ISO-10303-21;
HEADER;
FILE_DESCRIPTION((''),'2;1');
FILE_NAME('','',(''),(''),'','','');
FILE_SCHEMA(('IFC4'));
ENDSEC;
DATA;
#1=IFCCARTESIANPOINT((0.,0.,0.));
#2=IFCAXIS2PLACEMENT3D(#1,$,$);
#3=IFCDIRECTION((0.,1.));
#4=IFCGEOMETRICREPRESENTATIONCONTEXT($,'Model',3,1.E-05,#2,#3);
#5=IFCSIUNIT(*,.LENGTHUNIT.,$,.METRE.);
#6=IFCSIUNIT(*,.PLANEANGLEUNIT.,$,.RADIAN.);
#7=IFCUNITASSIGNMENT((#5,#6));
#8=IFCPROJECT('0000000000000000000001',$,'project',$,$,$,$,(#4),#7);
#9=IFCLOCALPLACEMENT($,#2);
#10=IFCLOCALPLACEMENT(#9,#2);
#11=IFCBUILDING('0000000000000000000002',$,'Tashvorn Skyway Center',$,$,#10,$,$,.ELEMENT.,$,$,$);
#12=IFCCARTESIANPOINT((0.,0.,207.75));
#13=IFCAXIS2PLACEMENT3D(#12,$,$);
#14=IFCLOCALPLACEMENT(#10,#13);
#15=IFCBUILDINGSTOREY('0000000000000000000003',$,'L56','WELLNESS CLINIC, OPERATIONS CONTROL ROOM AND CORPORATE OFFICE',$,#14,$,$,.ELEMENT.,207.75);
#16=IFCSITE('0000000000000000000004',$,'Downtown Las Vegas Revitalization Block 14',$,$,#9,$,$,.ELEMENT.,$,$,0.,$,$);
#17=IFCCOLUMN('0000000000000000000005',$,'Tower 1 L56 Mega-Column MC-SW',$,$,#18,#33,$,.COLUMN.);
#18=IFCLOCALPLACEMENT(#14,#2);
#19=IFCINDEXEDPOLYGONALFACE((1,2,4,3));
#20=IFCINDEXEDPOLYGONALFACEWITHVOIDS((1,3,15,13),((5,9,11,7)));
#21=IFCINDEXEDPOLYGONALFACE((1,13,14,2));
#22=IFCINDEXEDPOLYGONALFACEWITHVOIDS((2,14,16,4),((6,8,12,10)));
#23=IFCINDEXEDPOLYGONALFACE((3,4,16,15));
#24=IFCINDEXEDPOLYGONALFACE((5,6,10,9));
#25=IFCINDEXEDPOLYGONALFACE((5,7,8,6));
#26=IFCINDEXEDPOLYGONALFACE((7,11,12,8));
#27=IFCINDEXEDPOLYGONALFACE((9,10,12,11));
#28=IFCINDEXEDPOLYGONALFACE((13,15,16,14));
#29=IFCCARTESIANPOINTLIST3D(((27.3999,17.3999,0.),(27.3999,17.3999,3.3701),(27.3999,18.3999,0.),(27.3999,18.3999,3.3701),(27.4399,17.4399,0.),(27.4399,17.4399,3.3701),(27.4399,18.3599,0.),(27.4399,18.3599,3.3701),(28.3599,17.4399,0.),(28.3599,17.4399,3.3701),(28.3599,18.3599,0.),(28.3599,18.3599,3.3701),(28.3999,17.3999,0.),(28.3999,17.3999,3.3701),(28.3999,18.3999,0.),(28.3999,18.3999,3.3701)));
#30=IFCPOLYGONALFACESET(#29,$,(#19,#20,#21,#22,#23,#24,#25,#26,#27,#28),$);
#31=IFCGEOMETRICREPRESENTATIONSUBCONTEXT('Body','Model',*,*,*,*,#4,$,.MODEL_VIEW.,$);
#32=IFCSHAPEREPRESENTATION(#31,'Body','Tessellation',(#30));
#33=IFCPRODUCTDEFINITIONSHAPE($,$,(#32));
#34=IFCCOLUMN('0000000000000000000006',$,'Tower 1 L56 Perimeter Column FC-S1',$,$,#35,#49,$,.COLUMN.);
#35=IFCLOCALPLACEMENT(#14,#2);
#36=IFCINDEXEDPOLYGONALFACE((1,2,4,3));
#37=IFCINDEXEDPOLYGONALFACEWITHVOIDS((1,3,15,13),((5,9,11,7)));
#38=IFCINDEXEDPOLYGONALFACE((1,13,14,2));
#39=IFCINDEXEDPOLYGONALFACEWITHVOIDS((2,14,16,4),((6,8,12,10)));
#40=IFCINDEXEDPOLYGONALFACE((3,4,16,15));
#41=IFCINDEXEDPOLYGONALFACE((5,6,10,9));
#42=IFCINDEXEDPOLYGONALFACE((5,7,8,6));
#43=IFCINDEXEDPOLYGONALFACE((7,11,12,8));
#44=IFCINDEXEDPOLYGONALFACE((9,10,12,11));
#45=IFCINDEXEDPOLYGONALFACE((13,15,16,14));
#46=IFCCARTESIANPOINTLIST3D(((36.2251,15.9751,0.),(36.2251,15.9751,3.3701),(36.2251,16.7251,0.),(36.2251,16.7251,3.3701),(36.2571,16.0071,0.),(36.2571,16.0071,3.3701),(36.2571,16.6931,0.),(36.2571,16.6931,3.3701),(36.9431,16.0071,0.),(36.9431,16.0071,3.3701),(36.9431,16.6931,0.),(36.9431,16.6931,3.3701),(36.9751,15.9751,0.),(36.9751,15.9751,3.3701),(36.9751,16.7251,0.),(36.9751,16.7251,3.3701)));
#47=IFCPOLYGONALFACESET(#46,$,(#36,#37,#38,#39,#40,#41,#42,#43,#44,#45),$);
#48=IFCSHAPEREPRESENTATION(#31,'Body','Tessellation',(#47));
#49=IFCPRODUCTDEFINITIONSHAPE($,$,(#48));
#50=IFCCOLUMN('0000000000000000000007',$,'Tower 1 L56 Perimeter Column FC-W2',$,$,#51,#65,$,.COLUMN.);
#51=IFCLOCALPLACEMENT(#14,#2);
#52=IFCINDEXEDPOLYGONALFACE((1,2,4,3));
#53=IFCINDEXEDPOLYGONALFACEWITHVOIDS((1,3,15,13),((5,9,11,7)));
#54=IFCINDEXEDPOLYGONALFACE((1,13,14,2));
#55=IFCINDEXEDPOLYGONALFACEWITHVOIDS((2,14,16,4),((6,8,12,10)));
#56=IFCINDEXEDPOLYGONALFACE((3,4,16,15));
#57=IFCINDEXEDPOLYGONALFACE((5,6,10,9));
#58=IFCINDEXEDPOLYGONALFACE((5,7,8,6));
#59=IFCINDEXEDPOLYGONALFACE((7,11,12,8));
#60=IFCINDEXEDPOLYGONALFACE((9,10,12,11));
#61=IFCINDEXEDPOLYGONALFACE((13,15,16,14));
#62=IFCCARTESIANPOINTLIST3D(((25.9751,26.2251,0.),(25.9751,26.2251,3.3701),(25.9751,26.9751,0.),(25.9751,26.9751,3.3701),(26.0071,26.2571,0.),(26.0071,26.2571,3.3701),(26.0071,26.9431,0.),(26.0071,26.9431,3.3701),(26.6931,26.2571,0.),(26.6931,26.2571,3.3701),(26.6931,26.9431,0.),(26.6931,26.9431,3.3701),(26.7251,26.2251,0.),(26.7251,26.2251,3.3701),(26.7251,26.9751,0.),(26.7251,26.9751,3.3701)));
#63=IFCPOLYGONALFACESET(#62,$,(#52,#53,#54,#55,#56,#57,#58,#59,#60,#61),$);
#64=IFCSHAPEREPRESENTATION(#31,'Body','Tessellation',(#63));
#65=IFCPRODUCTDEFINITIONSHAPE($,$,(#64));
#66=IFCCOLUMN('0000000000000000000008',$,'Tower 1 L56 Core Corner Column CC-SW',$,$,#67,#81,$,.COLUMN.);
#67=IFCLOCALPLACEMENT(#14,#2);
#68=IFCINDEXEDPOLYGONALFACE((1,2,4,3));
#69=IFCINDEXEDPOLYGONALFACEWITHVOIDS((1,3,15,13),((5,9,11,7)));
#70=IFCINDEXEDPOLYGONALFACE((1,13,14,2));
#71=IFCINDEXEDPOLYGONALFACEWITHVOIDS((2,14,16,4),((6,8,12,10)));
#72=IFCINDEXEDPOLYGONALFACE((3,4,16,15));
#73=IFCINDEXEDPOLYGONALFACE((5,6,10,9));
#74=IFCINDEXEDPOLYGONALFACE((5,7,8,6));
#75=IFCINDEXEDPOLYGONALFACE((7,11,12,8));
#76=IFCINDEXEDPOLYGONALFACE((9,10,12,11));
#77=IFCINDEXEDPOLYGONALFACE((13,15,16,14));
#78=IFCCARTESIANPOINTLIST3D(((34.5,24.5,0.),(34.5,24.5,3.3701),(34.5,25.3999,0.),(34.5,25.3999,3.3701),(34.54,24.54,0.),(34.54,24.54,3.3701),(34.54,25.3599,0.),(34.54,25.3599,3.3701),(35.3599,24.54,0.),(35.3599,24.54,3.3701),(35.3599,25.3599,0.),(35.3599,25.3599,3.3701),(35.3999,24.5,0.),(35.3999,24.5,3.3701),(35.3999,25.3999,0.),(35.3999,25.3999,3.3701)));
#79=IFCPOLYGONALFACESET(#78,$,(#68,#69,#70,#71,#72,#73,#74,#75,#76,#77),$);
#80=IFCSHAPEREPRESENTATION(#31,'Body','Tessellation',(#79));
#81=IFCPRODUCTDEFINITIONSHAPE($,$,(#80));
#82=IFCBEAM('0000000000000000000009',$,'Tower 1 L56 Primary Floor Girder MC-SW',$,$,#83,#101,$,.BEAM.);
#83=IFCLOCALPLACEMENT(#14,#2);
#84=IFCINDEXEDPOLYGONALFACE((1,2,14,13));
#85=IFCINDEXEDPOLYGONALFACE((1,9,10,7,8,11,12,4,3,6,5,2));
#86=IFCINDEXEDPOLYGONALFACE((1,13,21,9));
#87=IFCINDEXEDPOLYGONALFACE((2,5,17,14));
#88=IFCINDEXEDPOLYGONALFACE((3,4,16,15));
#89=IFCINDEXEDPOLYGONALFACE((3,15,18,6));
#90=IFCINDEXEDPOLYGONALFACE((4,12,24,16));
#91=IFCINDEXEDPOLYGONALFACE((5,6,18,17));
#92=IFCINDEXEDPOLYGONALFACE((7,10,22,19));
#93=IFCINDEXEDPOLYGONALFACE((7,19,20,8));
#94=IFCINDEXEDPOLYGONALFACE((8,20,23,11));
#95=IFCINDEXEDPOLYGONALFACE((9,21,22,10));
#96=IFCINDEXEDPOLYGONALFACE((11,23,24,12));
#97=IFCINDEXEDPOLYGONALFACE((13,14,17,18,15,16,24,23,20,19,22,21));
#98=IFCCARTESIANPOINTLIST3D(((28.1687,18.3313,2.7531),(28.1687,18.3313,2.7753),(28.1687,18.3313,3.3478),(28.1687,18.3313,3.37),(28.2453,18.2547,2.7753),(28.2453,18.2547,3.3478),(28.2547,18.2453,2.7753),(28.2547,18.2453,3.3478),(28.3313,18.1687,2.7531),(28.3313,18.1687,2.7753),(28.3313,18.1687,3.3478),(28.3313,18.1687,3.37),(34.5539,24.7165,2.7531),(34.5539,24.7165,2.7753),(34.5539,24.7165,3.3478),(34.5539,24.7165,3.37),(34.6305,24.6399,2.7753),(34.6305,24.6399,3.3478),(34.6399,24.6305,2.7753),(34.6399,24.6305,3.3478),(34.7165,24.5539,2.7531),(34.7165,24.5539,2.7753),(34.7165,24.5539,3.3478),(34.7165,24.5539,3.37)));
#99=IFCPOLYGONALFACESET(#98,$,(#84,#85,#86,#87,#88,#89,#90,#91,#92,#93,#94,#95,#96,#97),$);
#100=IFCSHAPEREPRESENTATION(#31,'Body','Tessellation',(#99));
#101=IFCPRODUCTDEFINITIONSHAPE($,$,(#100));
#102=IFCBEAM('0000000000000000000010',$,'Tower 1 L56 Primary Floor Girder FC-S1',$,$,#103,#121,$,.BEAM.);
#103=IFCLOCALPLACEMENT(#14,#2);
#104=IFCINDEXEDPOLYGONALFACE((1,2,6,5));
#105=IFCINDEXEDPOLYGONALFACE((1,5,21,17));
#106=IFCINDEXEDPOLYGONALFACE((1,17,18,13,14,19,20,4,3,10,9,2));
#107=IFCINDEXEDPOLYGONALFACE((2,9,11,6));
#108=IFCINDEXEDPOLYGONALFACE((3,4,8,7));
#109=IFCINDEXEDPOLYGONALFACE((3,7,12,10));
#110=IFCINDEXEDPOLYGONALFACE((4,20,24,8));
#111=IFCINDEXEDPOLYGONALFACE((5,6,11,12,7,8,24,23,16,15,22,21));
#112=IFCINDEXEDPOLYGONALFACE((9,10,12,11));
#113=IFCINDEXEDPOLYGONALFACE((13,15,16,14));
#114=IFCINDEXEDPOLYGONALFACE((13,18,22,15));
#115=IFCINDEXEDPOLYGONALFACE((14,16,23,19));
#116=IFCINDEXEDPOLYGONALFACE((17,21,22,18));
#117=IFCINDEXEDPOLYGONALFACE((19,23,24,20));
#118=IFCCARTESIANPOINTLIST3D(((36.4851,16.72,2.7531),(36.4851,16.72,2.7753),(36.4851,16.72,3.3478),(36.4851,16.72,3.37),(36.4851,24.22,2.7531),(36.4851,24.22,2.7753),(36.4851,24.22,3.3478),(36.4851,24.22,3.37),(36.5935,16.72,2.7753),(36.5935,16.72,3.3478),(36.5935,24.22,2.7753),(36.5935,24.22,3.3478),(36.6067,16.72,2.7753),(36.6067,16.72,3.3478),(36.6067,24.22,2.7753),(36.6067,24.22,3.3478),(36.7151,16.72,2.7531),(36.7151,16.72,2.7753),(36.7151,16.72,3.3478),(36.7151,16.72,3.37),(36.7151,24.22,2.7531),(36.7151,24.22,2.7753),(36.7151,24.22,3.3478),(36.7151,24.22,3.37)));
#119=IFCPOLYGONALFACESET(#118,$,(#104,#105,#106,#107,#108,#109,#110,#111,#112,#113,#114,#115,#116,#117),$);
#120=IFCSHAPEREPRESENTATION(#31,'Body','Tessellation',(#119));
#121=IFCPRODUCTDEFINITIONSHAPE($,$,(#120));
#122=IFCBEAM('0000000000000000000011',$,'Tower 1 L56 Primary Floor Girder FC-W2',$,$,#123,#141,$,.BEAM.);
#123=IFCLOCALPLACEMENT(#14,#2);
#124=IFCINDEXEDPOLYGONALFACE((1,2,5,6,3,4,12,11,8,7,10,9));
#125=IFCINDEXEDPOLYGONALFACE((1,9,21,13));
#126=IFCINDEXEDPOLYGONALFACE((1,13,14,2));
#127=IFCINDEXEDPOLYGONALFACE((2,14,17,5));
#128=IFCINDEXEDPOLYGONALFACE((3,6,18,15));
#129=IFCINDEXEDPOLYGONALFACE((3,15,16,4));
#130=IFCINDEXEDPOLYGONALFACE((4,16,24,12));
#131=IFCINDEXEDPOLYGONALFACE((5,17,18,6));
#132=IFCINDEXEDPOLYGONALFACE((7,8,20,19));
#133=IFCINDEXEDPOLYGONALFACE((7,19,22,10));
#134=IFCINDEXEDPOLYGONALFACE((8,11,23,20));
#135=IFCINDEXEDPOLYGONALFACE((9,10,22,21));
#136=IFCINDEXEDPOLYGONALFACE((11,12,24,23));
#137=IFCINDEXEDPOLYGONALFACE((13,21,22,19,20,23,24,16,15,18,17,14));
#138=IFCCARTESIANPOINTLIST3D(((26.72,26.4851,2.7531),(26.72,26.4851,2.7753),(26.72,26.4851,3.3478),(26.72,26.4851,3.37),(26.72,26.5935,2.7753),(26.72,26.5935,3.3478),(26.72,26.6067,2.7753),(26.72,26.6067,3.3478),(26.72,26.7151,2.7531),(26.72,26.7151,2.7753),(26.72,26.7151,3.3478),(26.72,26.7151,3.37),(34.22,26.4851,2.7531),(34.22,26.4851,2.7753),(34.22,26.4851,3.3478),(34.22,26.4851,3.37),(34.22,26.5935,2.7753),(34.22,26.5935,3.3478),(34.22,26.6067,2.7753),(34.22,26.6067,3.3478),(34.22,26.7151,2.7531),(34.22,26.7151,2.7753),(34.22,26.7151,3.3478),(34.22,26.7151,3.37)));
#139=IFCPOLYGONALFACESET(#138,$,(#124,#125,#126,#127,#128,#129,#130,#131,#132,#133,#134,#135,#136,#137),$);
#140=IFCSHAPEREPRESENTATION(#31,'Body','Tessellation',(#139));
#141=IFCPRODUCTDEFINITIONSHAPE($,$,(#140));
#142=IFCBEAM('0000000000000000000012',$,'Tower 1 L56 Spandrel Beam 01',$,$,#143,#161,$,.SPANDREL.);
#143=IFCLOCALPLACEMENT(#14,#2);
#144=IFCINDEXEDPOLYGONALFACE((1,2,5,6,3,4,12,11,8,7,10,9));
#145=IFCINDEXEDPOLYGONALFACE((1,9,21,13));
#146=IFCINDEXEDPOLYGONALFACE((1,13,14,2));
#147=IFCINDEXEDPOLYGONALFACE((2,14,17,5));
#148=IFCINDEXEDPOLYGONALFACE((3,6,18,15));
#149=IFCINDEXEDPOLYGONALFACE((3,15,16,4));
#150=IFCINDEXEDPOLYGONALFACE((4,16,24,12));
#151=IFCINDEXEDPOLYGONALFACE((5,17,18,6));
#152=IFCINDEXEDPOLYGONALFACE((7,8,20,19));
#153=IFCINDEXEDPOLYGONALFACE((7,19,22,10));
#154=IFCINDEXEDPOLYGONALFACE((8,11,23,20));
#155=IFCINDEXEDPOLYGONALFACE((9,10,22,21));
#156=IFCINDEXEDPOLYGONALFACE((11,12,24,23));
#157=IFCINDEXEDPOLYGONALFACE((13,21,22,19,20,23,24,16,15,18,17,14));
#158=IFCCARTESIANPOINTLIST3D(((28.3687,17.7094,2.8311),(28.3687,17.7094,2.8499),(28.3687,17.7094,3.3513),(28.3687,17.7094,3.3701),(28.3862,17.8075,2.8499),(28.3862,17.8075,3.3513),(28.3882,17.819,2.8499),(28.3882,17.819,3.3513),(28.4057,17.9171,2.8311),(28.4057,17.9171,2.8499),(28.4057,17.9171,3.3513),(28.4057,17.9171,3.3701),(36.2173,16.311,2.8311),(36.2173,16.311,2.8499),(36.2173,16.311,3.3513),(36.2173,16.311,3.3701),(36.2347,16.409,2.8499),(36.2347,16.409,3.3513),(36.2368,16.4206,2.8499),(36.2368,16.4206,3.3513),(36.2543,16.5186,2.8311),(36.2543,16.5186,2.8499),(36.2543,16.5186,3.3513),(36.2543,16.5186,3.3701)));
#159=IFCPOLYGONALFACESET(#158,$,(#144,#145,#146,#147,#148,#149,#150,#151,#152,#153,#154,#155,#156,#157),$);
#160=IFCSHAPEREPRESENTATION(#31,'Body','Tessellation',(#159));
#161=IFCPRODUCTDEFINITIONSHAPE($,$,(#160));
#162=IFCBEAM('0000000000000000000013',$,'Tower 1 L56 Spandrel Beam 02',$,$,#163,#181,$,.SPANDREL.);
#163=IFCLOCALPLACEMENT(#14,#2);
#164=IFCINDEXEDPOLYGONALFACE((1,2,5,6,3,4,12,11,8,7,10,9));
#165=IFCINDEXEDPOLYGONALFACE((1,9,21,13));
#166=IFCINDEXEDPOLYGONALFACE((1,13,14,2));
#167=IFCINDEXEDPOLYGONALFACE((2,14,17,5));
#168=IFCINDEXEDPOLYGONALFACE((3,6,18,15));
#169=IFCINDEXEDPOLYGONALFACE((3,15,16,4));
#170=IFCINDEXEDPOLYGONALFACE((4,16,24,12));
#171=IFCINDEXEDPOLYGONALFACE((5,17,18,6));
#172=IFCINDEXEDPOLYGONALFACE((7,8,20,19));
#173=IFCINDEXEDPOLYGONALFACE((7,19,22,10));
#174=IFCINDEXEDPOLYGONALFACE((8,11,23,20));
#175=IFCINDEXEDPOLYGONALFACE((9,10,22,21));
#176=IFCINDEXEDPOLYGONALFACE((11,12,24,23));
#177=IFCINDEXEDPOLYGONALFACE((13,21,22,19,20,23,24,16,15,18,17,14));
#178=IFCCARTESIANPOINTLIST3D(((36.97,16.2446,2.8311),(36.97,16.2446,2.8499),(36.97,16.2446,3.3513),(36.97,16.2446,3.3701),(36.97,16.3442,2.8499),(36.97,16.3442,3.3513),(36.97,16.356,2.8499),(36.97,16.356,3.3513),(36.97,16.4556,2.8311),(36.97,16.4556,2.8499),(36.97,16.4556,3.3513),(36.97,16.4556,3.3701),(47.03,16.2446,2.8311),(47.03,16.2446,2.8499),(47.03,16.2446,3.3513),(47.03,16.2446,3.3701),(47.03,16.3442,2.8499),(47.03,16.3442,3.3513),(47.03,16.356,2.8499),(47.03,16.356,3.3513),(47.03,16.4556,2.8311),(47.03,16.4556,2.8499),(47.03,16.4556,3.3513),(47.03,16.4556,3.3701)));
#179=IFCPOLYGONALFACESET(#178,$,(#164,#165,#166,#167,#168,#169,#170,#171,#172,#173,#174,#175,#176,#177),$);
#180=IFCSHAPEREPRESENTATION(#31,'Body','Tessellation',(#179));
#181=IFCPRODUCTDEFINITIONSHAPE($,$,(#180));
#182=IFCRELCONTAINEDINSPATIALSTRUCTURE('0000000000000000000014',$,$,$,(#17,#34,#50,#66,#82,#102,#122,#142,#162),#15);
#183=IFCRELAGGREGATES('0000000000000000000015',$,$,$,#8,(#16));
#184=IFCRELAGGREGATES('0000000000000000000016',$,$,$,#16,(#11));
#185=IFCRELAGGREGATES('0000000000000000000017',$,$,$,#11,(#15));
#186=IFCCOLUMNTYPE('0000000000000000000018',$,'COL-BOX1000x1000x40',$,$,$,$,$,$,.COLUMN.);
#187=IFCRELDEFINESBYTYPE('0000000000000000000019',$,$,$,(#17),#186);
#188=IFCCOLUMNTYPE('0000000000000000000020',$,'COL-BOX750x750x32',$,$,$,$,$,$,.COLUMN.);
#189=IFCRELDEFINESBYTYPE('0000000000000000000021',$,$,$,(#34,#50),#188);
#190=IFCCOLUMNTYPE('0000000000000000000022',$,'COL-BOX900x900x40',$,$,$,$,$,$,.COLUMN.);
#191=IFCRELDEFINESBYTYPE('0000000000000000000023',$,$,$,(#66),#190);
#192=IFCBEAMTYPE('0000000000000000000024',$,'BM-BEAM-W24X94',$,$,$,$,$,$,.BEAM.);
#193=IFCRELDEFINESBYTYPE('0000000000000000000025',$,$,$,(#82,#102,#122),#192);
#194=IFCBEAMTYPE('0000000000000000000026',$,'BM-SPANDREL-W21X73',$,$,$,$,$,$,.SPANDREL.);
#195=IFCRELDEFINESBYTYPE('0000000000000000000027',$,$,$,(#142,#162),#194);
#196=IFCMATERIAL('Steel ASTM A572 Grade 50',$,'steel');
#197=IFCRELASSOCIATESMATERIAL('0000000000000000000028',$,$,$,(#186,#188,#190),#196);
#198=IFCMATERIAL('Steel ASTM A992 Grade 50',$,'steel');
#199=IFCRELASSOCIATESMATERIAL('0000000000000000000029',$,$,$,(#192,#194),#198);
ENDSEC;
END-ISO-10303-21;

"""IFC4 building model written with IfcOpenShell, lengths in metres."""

from ifc_helpers import new_model, si_unit, direction, frame, origin, origin_2d, place, context, subcontext, project, spatial, hollow_rectangle, i_section, extrude, material, material_profile, profile_set, type_object, element, save


model = new_model("IFC4")

# Units and contexts
model_context = context("Model", 3, precision=1e-05, world=origin(), true_north=direction((0.0, 1.0)))
body_context = subcontext(model_context, "Body", "Model", "MODEL_VIEW")
ifc_project = project(units=[si_unit("LENGTHUNIT", "METRE"), si_unit("PLANEANGLEUNIT", "RADIAN")], contexts=[model_context])

# Site, building, storey
site_placement = place(None, origin())
site = spatial("IfcSite", under=ifc_project, at=site_placement, Name="Downtown Las Vegas Revitalization Block 14", CompositionType="ELEMENT", RefElevation=0.0)
building_placement = place(site_placement, origin())
building = spatial("IfcBuilding", under=site, at=building_placement, Name="Tashvorn Skyway Center", CompositionType="ELEMENT")
storey_placement = place(building_placement, frame((0.0, 0.0, 207.75)))
storey = spatial("IfcBuildingStorey", under=building, at=storey_placement, Name="L56", Description="WELLNESS CLINIC, OPERATIONS CONTROL ROOM AND CORPORATE OFFICE", CompositionType="ELEMENT", Elevation=207.75)

# Columns
ifc_material_1 = material(Name="Steel ASTM A572 Grade 50", Category="steel")
ifc_material_profile_1 = material_profile(ifc_material_1, hollow_rectangle(XDim=1.0, YDim=1.0, WallThickness=0.04, at=origin_2d()), Name="BOX1000x1000x40")
ifc_profile_set_1 = profile_set([ifc_material_profile_1], Name="Steel ASTM A572 Grade 50")
column_type_1 = type_object("IfcColumnType", Name="COL-BOX1000x1000x40", PredefinedType="COLUMN", material=ifc_profile_set_1)
column_1_placement = place(storey_placement, frame((27.8999, 17.8999, 0.0), z_axis=(0.0, 0.0, 1.0), x_axis=(1.0, 0.0, 0.0)))
element("IfcColumn", 1, at=column_1_placement, inside=storey, type_object=column_type_1, Name="Tower 1 L56 Mega-Column MC-SW", PredefinedType="COLUMN", context=body_context, shape_type="SweptSolid", body=[
    extrude(hollow_rectangle(XDim=1.0, YDim=1.0, WallThickness=0.04, at=origin_2d()), origin(), (0.0, 0.0, 1.0), 3.3701),
])
ifc_material_profile_2 = material_profile(ifc_material_1, hollow_rectangle(XDim=0.75, YDim=0.75, WallThickness=0.032, at=origin_2d()), Name="BOX750x750x32")
ifc_profile_set_2 = profile_set([ifc_material_profile_2], Name="Steel ASTM A572 Grade 50")
column_type_2 = type_object("IfcColumnType", Name="COL-BOX750x750x32", PredefinedType="COLUMN", material=ifc_profile_set_2)
for number, where, z_axis, x_axis, name in (
    (2, (36.6001, 16.3501, 0.0), (0.0, 0.0, 1.0), (1.0, 0.0, 0.0), "Tower 1 L56 Perimeter Column FC-S1"),
    (3, (26.3501, 26.6001, 0.0), (0.0, 0.0, 1.0), (1.0, 0.0, 0.0), "Tower 1 L56 Perimeter Column FC-W2"),
):
    element("IfcColumn", number, at=place(storey_placement, frame(where, z_axis=z_axis, x_axis=x_axis)), inside=storey, type_object=column_type_2, Name=name, PredefinedType="COLUMN", context=body_context, shape_type="SweptSolid", body=[
        extrude(hollow_rectangle(XDim=0.75, YDim=0.75, WallThickness=0.032, at=origin_2d()), origin(), (0.0, 0.0, 1.0), 3.3701),
    ])
ifc_material_profile_3 = material_profile(ifc_material_1, hollow_rectangle(XDim=0.8999, YDim=0.8999, WallThickness=0.04, at=origin_2d()), Name="BOX900x900x40")
ifc_profile_set_3 = profile_set([ifc_material_profile_3], Name="Steel ASTM A572 Grade 50")
column_type_3 = type_object("IfcColumnType", Name="COL-BOX900x900x40", PredefinedType="COLUMN", material=ifc_profile_set_3)
column_2_placement = place(storey_placement, frame((34.95, 24.95, 0.0), z_axis=(0.0, 0.0, 1.0), x_axis=(1.0, 0.0, 0.0)))
element("IfcColumn", 4, at=column_2_placement, inside=storey, type_object=column_type_3, Name="Tower 1 L56 Core Corner Column CC-SW", PredefinedType="COLUMN", context=body_context, shape_type="SweptSolid", body=[
    extrude(hollow_rectangle(XDim=0.8999, YDim=0.8999, WallThickness=0.04, at=origin_2d()), origin(), (0.0, 0.0, 1.0), 3.3701),
])

# Beams
ifc_material_2 = material(Name="Steel ASTM A992 Grade 50", Category="steel")
ifc_material_profile_4 = material_profile(ifc_material_2, i_section(OverallWidth=0.23, OverallDepth=0.6169, WebThickness=0.0132, FlangeThickness=0.0222, at=origin_2d()), Name="W24X94")
ifc_profile_set_4 = profile_set([ifc_material_profile_4], Name="Steel ASTM A992 Grade 50")
beam_type_1 = type_object("IfcBeamType", Name="BM-BEAM-W24X94", PredefinedType="BEAM", material=ifc_profile_set_4)
beam_1_placement = place(storey_placement, frame((28.25, 18.25, 3.0615), z_axis=(0.707107, 0.707107, 0.0), x_axis=(-0.707107, 0.707107, 0.0)))
element("IfcBeam", 5, at=beam_1_placement, inside=storey, type_object=beam_type_1, Name="Tower 1 L56 Primary Floor Girder MC-SW", PredefinedType="BEAM", context=body_context, shape_type="SweptSolid", body=[
    extrude(i_section(OverallWidth=0.23, OverallDepth=0.6169, WebThickness=0.0132, FlangeThickness=0.0222, at=origin_2d()), origin(), (0.0, 0.0, 1.0), 9.03),
])
for number, where, z_axis, x_axis, name in (
    (6, (36.6001, 16.72, 3.0615), (0.0, 1.0, 0.0), (-1.0, 0.0, 0.0), "Tower 1 L56 Primary Floor Girder FC-S1"),
    (7, (26.72, 26.6001, 3.0615), (1.0, 0.0, 0.0), (0.0, 1.0, 0.0), "Tower 1 L56 Primary Floor Girder FC-W2"),
):
    element("IfcBeam", number, at=place(storey_placement, frame(where, z_axis=z_axis, x_axis=x_axis)), inside=storey, type_object=beam_type_1, Name=name, PredefinedType="BEAM", context=body_context, shape_type="SweptSolid", body=[
        extrude(i_section(OverallWidth=0.23, OverallDepth=0.6169, WebThickness=0.0132, FlangeThickness=0.0222, at=origin_2d()), origin(), (0.0, 0.0, 1.0), 7.5),
    ])
ifc_material_profile_5 = material_profile(ifc_material_2, i_section(OverallWidth=0.2109, OverallDepth=0.5391, WebThickness=0.0117, FlangeThickness=0.0188, at=origin_2d()), Name="W21X73")
ifc_profile_set_5 = profile_set([ifc_material_profile_5], Name="Steel ASTM A992 Grade 50")
beam_type_2 = type_object("IfcBeamType", Name="BM-SPANDREL-W21X73", PredefinedType="SPANDREL", material=ifc_profile_set_5)
beam_2_placement = place(storey_placement, frame((28.3872, 17.8132, 3.1006), z_axis=(0.984495, -0.175413, 0.0), x_axis=(0.175413, 0.984495, 0.0)))
element("IfcBeam", 8, at=beam_2_placement, inside=storey, type_object=beam_type_2, Name="Tower 1 L56 Spandrel Beam 01", PredefinedType="SPANDREL", context=body_context, shape_type="SweptSolid", body=[
    extrude(i_section(OverallWidth=0.2109, OverallDepth=0.5391, WebThickness=0.0117, FlangeThickness=0.0188, at=origin_2d()), origin(), (0.0, 0.0, 1.0), 7.9722),
])
beam_3_placement = place(storey_placement, frame((36.97, 16.3501, 3.1006), z_axis=(1.0, 0.0, 0.0), x_axis=(0.0, 1.0, 0.0)))
element("IfcBeam", 9, at=beam_3_placement, inside=storey, type_object=beam_type_2, Name="Tower 1 L56 Spandrel Beam 02", PredefinedType="SPANDREL", context=body_context, shape_type="SweptSolid", body=[
    extrude(i_section(OverallWidth=0.2109, OverallDepth=0.5391, WebThickness=0.0117, FlangeThickness=0.0188, at=origin_2d()), origin(), (0.0, 0.0, 1.0), 10.0601),
])

save(model, "model.ifc")
